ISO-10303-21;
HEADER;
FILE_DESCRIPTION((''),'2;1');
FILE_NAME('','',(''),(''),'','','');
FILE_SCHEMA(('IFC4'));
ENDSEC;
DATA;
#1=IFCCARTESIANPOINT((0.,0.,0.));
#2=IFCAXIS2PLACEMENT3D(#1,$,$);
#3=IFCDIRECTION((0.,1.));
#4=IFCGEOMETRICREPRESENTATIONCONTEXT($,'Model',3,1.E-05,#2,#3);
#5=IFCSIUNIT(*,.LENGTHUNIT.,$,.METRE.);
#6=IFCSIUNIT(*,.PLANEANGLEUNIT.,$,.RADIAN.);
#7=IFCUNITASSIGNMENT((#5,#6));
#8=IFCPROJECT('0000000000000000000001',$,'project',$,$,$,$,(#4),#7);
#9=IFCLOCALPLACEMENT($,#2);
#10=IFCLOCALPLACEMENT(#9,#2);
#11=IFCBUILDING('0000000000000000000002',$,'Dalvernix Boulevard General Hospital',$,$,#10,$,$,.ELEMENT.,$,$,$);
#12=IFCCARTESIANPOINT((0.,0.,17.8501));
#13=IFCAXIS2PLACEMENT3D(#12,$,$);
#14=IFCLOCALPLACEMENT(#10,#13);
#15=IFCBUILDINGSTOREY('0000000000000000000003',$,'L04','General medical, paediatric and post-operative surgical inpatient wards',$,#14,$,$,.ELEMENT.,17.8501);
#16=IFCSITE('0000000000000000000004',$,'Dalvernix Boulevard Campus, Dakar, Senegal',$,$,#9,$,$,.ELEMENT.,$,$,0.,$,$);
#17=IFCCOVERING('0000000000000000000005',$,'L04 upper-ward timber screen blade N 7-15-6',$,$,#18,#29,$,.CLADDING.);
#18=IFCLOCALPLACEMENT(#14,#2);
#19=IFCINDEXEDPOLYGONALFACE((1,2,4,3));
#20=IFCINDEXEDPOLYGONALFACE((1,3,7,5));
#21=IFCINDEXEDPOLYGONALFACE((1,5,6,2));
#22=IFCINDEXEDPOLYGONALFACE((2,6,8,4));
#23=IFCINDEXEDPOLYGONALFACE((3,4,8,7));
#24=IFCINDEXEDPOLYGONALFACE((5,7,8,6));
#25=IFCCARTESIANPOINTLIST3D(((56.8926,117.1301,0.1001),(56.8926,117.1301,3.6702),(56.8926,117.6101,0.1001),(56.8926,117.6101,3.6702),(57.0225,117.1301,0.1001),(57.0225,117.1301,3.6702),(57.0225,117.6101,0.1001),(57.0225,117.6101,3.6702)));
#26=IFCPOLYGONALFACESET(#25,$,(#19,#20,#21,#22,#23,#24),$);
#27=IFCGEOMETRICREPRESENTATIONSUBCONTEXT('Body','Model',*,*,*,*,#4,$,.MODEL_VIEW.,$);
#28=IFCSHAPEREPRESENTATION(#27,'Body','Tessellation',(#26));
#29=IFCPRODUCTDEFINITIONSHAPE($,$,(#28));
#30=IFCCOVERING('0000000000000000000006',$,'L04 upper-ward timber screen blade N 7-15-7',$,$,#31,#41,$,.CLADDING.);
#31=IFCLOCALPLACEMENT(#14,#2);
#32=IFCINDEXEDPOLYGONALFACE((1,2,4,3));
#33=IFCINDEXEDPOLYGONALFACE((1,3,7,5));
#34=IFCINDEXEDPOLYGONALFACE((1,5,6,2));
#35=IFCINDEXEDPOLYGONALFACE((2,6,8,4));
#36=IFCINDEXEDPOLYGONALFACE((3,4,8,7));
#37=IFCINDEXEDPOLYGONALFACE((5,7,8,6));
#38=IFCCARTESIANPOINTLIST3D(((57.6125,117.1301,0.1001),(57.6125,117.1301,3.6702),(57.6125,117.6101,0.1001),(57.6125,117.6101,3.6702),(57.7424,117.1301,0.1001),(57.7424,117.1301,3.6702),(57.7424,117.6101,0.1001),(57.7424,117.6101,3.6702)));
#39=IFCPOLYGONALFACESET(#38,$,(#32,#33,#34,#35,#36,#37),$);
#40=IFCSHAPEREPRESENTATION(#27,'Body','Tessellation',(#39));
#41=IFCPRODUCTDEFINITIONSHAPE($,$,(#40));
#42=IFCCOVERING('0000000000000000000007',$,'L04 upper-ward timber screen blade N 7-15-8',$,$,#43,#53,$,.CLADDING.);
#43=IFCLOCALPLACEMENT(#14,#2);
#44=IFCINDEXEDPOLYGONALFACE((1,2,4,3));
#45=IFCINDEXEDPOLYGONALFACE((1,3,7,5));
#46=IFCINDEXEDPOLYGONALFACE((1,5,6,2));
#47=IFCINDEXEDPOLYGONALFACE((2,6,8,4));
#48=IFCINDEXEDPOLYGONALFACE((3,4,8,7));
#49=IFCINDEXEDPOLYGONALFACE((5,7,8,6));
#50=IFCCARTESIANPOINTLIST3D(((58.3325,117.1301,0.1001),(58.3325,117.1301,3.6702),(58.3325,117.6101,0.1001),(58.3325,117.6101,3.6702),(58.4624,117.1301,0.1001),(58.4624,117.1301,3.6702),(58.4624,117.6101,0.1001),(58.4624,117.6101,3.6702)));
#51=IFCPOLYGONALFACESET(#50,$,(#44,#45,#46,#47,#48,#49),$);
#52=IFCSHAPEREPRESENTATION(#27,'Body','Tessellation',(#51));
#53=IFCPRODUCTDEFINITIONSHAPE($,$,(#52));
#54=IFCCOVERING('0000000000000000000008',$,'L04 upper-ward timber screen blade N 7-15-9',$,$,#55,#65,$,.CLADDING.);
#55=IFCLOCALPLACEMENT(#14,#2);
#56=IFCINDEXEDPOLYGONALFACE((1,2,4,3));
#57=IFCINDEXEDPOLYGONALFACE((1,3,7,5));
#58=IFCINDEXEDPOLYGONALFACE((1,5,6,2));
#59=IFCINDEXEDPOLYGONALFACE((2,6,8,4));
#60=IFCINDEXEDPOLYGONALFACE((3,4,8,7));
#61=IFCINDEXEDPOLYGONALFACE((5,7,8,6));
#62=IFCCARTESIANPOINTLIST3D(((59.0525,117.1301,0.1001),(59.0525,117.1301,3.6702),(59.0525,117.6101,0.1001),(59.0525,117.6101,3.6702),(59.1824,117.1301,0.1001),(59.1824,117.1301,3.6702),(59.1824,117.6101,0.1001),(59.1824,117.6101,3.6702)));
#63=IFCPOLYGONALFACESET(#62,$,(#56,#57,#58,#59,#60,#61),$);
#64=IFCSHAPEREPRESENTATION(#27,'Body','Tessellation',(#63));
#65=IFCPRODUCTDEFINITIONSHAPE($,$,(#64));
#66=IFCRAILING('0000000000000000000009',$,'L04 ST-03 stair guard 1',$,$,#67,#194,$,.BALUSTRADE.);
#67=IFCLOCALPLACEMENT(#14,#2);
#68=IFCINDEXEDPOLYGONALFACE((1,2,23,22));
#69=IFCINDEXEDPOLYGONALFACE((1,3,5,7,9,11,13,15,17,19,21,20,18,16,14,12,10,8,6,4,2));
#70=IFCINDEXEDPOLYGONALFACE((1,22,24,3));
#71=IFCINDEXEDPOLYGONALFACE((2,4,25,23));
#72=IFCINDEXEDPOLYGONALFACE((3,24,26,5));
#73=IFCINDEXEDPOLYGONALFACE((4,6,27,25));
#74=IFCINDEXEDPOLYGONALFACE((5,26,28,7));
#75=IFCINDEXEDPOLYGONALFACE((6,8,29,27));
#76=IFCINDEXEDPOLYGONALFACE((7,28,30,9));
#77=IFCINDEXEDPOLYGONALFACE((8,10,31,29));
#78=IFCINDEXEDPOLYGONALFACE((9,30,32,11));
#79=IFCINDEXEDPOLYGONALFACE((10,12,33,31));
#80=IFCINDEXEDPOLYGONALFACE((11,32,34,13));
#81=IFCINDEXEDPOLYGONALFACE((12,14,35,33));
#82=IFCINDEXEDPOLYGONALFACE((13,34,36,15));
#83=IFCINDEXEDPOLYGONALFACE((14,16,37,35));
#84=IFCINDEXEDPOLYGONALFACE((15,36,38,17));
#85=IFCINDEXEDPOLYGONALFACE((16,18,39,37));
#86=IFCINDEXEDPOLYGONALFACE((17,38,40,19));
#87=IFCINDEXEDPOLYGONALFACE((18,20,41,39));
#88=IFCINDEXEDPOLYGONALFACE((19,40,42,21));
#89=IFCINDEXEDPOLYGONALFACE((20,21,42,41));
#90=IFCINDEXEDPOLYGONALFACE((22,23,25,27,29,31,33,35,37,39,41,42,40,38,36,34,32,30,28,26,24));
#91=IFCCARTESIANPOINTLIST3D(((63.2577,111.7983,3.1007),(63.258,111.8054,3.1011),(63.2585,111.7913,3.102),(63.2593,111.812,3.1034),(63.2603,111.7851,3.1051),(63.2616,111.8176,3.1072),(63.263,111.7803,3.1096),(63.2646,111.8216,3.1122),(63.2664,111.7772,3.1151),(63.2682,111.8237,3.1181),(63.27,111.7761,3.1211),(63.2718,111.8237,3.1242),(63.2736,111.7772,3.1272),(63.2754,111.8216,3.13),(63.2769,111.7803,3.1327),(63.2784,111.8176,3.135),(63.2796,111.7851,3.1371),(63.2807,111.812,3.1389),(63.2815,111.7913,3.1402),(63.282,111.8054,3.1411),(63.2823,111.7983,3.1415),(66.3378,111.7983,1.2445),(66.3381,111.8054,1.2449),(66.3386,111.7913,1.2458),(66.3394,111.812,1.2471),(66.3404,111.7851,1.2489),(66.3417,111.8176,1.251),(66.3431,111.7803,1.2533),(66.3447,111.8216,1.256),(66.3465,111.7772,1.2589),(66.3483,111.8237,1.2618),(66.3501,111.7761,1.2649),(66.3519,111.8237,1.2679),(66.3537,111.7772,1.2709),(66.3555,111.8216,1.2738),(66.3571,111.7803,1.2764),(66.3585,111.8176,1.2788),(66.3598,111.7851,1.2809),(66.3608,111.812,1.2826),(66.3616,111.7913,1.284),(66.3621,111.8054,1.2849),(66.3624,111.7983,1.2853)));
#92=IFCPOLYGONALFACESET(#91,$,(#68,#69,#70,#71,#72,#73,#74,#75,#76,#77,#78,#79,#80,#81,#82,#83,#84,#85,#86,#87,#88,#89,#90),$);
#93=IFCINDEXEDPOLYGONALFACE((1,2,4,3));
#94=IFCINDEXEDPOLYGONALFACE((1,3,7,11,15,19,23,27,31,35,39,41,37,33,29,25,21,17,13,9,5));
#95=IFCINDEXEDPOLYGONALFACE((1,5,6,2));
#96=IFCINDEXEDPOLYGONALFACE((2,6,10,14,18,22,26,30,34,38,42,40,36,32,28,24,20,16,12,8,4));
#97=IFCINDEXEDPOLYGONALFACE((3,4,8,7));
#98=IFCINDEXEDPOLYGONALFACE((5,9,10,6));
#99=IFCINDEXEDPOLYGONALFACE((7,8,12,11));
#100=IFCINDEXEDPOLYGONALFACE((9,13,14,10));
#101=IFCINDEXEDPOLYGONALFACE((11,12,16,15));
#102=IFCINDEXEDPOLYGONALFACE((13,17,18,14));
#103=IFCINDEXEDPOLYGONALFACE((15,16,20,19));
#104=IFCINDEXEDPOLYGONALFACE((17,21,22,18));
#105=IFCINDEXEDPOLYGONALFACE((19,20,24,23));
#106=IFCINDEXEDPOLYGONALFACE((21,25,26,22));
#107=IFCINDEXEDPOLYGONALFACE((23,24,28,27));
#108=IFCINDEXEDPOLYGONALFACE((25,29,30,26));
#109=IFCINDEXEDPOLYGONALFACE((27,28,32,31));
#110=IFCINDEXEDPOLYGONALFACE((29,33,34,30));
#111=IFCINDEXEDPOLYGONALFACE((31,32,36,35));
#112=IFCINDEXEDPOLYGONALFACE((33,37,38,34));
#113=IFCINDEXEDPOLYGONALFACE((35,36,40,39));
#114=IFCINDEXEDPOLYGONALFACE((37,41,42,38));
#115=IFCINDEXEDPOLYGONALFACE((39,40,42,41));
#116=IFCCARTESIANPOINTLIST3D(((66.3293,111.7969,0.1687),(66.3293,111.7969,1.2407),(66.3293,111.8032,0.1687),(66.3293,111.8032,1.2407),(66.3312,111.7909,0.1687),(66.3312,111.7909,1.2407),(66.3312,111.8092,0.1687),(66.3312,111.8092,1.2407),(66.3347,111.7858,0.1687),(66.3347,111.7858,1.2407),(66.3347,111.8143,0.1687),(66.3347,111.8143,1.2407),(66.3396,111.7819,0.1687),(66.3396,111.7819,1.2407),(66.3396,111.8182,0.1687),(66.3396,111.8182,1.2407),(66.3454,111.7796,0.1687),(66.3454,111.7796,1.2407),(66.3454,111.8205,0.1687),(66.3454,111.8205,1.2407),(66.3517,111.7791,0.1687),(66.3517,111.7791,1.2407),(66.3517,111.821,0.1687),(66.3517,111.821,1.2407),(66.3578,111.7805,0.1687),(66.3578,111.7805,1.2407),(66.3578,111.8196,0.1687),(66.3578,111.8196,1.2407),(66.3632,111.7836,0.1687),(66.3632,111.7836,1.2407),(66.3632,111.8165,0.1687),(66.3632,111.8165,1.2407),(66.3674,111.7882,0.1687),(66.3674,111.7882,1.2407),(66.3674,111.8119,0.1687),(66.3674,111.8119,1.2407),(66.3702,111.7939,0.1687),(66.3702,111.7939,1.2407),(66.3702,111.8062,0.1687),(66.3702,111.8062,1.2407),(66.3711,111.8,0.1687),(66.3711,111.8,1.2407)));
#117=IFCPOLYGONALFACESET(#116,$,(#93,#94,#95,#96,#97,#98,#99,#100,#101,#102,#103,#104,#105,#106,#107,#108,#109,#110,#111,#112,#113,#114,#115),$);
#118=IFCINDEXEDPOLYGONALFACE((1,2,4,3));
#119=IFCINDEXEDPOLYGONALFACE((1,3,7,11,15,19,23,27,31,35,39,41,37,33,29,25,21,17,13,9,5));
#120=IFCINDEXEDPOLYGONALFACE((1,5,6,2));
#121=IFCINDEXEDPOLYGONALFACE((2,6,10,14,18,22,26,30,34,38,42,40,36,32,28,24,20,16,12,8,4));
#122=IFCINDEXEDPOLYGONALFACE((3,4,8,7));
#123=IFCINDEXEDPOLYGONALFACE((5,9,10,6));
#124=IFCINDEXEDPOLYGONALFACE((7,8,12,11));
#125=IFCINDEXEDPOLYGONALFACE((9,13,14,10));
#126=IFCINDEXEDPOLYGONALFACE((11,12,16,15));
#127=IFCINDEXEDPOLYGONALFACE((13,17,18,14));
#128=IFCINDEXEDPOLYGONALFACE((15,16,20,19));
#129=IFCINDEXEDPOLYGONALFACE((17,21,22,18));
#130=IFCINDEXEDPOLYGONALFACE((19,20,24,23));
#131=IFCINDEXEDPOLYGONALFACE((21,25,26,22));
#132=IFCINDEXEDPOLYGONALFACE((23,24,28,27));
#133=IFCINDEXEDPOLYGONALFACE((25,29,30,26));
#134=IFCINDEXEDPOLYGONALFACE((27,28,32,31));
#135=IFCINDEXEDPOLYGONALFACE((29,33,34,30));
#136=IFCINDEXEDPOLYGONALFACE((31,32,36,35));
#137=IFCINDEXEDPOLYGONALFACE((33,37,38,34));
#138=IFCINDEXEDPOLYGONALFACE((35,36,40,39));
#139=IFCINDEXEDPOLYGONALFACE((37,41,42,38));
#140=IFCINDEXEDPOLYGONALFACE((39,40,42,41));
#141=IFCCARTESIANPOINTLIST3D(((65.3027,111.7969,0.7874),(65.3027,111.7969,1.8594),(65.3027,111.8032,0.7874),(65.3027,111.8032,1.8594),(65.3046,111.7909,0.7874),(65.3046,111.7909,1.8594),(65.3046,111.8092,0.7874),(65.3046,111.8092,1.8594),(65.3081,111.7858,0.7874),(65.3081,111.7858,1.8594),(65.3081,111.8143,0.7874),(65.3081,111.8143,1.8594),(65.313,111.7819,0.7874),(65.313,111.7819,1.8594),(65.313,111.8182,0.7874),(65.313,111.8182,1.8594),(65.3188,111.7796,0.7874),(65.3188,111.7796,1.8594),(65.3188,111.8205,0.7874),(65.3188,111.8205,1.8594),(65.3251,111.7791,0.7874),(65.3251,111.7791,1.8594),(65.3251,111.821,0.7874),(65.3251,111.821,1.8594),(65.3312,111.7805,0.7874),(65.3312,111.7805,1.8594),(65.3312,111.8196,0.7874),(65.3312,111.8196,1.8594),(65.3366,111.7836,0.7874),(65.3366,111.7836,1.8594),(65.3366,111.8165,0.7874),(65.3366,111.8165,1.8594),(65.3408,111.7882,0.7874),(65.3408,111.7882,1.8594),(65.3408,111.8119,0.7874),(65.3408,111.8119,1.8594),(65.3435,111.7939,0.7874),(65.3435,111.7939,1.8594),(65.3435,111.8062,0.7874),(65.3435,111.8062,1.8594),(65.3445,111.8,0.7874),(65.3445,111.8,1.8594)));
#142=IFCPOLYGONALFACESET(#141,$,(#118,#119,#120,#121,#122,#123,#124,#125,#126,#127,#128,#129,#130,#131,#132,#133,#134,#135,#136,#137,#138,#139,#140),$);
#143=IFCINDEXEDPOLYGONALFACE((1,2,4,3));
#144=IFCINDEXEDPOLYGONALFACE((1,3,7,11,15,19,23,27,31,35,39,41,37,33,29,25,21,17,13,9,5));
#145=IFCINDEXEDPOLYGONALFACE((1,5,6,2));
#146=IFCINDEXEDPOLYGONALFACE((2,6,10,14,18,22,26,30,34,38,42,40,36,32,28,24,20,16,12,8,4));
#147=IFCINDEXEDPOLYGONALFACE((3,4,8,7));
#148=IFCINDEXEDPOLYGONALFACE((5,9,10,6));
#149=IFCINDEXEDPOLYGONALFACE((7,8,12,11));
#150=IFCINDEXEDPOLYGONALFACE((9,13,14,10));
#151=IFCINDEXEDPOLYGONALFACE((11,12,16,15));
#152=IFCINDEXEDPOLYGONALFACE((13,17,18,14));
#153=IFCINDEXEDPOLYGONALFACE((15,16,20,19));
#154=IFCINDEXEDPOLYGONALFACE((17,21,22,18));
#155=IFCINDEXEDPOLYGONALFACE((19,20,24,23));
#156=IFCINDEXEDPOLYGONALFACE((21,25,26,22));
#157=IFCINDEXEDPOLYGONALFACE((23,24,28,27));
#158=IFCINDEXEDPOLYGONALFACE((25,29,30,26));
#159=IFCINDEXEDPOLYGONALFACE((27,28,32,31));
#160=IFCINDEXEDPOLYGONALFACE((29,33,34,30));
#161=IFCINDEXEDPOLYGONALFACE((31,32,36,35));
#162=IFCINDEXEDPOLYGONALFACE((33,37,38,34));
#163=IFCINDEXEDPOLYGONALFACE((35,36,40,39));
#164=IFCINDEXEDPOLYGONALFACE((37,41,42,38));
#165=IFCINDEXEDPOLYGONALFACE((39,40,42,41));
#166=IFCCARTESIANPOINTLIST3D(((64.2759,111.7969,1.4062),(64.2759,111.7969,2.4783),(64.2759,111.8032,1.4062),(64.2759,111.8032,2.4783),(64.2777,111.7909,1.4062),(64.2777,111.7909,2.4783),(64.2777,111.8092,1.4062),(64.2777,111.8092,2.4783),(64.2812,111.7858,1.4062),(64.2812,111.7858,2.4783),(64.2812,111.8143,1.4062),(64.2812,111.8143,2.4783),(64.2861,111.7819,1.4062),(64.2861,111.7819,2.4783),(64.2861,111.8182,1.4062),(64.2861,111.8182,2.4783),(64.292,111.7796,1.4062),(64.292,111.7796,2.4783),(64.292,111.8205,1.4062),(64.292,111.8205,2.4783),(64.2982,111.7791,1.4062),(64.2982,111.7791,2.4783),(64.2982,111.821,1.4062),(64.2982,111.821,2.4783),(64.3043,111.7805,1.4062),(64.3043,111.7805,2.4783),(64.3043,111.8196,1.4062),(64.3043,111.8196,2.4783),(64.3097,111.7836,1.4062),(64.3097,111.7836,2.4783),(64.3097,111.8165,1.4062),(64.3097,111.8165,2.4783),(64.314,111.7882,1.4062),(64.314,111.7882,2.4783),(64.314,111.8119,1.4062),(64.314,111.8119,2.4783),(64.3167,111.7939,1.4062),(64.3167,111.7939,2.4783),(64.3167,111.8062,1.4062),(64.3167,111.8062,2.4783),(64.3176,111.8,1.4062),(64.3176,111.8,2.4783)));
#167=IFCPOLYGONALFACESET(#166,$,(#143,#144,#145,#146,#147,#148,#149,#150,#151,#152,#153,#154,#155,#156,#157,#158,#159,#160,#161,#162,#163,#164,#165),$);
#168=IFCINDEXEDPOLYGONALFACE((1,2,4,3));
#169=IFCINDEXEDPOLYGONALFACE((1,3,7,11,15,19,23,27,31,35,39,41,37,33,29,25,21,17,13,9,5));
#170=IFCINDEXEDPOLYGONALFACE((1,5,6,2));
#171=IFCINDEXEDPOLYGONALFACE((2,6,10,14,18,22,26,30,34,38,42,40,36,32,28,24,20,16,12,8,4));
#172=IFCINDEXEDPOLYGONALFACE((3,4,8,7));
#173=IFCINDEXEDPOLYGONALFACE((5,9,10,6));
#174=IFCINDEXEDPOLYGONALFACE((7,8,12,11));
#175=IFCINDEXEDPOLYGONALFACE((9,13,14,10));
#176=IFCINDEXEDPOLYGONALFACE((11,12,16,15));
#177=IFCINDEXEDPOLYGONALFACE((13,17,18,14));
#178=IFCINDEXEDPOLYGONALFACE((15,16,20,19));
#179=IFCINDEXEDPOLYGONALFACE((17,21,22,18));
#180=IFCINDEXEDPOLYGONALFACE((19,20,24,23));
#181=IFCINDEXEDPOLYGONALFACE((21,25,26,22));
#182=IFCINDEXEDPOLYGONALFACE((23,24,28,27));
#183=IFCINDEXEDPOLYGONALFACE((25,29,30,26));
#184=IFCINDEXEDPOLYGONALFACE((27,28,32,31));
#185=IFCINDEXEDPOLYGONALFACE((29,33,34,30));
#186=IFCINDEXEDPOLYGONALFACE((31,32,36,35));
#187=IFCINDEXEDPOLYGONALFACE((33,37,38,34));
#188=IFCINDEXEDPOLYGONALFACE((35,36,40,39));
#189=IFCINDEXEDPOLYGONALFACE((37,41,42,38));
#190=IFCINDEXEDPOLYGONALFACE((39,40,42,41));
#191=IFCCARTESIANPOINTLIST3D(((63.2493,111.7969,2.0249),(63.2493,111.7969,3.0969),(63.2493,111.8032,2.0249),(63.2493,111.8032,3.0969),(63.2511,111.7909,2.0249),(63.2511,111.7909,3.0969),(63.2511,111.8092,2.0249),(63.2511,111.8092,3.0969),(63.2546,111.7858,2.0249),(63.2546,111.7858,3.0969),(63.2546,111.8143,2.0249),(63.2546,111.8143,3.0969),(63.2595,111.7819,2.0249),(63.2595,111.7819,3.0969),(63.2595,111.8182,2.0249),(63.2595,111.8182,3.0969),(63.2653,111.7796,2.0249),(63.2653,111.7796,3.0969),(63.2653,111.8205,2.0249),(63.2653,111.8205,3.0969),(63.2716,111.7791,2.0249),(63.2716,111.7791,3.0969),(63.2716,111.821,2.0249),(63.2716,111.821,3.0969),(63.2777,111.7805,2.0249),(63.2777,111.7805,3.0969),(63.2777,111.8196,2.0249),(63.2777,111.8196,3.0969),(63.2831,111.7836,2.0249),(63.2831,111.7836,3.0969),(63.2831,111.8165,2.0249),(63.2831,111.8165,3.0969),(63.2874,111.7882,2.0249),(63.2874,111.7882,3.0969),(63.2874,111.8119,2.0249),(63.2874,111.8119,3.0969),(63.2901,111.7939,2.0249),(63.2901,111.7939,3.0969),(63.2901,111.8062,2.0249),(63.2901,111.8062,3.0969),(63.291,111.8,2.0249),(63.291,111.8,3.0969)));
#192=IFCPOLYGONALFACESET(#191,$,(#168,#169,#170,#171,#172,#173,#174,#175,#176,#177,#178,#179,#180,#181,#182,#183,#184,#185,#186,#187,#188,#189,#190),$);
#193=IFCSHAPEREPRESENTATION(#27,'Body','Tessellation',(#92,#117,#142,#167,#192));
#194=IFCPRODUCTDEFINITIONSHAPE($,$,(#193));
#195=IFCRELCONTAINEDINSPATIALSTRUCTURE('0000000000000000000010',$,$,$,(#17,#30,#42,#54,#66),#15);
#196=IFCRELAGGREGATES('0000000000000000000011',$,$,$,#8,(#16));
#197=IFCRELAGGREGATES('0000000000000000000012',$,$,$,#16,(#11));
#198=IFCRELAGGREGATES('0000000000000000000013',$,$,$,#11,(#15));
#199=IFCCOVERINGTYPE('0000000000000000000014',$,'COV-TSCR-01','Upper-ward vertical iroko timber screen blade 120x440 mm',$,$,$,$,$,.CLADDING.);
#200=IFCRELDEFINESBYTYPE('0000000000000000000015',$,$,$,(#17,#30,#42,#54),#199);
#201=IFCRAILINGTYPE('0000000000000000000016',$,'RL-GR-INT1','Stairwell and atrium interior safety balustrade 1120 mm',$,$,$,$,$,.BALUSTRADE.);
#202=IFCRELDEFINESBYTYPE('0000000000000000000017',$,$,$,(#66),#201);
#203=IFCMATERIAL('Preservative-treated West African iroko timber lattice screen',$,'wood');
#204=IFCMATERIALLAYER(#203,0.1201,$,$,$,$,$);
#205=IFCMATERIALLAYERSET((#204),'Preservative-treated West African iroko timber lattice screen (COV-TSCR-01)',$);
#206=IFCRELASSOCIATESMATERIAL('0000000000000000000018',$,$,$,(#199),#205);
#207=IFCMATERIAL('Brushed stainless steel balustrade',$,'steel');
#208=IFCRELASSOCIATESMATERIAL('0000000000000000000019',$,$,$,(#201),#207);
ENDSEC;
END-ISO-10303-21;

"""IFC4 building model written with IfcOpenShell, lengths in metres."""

from ifc_helpers import new_model, si_unit, direction, frame, origin, origin_2d, place, context, subcontext, project, spatial, rectangle, circle, extrude, material, layer, layer_set, type_object, element, save


model = new_model("IFC4")

# Units and contexts
model_context = context("Model", 3, precision=1e-05, world=origin(), true_north=direction((0.0, 1.0)))
body_context = subcontext(model_context, "Body", "Model", "MODEL_VIEW")
ifc_project = project(units=[si_unit("LENGTHUNIT", "METRE"), si_unit("PLANEANGLEUNIT", "RADIAN")], contexts=[model_context])

# Site, building, storey
site_placement = place(None, origin())
site = spatial("IfcSite", under=ifc_project, at=site_placement, Name="Dalvernix Boulevard Campus, Dakar, Senegal", CompositionType="ELEMENT", RefElevation=0.0)
building_placement = place(site_placement, origin())
building = spatial("IfcBuilding", under=site, at=building_placement, Name="Dalvernix Boulevard General Hospital", CompositionType="ELEMENT")
storey_placement = place(building_placement, frame((0.0, 0.0, 17.8501)))
storey = spatial("IfcBuildingStorey", under=building, at=storey_placement, Name="L04", Description="General medical, paediatric and post-operative surgical inpatient wards", CompositionType="ELEMENT", Elevation=17.8501)

# Coverings
ifc_material_1 = material(Name="Preservative-treated West African iroko timber lattice screen", Category="wood")
ifc_layer_1 = layer(ifc_material_1, 0.1201)
ifc_layer_set_1 = layer_set([ifc_layer_1], Name="Preservative-treated West African iroko timber lattice screen (COV-TSCR-01)")
covering_type_1 = type_object("IfcCoveringType", Name="COV-TSCR-01", Description="Upper-ward vertical iroko timber screen blade 120x440 mm", PredefinedType="CLADDING", material=ifc_layer_set_1)
for number, where, z_axis, x_axis, name in (
    (1, (56.9575, 117.3701, 0.1001), (0.0, 0.0, 1.0), (1.0, 0.0, 0.0), "L04 upper-ward timber screen blade N 7-15-6"),
    (2, (57.6775, 117.3701, 0.1001), (0.0, 0.0, 1.0), (1.0, 0.0, 0.0), "L04 upper-ward timber screen blade N 7-15-7"),
    (3, (58.3975, 117.3701, 0.1001), (0.0, 0.0, 1.0), (1.0, 0.0, 0.0), "L04 upper-ward timber screen blade N 7-15-8"),
    (4, (59.1174, 117.3701, 0.1001), (0.0, 0.0, 1.0), (1.0, 0.0, 0.0), "L04 upper-ward timber screen blade N 7-15-9"),
):
    element("IfcCovering", number, at=place(storey_placement, frame(where, z_axis=z_axis, x_axis=x_axis)), inside=storey, type_object=covering_type_1, Name=name, PredefinedType="CLADDING", context=body_context, shape_type="SweptSolid", body=[
        extrude(rectangle(XDim=0.1299, YDim=0.48, at=origin_2d()), origin(), (0.0, 0.0, 1.0), 3.5701),
    ])

# Railing
ifc_material_2 = material(Name="Brushed stainless steel balustrade", Category="steel")
railing_type_1 = type_object("IfcRailingType", Name="RL-GR-INT1", Description="Stairwell and atrium interior safety balustrade 1120 mm", PredefinedType="BALUSTRADE", material=ifc_material_2)
railing_1_placement = place(storey_placement, frame((66.3501, 111.8, 0.1687)))
element("IfcRailing", 5, at=railing_1_placement, inside=storey, type_object=railing_type_1, Name="L04 ST-03 stair guard 1", PredefinedType="BALUSTRADE", context=body_context, shape_type="SweptSolid", body=[
    extrude(circle(Radius=0.0239, at=origin_2d()), frame((0.0, 0.0, 1.0962), z_axis=(-0.856491, 0.0, 0.516162), x_axis=(0.0, -1.0, 0.0)), (0.0, 0.0, 1.0), 3.5962),
    extrude(circle(Radius=0.021, at=origin_2d()), origin(), (0.0, 0.0, 1.0), 1.072),
    extrude(circle(Radius=0.021, at=origin_2d()), frame((-1.0266, 0.0, 0.6187)), (0.0, 0.0, 1.0), 1.072),
    extrude(circle(Radius=0.021, at=origin_2d()), frame((-2.0535, 0.0, 1.2375)), (0.0, 0.0, 1.0), 1.072),
    extrude(circle(Radius=0.021, at=origin_2d()), frame((-3.0801, 0.0, 1.8562)), (0.0, 0.0, 1.0), 1.072),
])

save(model, "model.ifc")
